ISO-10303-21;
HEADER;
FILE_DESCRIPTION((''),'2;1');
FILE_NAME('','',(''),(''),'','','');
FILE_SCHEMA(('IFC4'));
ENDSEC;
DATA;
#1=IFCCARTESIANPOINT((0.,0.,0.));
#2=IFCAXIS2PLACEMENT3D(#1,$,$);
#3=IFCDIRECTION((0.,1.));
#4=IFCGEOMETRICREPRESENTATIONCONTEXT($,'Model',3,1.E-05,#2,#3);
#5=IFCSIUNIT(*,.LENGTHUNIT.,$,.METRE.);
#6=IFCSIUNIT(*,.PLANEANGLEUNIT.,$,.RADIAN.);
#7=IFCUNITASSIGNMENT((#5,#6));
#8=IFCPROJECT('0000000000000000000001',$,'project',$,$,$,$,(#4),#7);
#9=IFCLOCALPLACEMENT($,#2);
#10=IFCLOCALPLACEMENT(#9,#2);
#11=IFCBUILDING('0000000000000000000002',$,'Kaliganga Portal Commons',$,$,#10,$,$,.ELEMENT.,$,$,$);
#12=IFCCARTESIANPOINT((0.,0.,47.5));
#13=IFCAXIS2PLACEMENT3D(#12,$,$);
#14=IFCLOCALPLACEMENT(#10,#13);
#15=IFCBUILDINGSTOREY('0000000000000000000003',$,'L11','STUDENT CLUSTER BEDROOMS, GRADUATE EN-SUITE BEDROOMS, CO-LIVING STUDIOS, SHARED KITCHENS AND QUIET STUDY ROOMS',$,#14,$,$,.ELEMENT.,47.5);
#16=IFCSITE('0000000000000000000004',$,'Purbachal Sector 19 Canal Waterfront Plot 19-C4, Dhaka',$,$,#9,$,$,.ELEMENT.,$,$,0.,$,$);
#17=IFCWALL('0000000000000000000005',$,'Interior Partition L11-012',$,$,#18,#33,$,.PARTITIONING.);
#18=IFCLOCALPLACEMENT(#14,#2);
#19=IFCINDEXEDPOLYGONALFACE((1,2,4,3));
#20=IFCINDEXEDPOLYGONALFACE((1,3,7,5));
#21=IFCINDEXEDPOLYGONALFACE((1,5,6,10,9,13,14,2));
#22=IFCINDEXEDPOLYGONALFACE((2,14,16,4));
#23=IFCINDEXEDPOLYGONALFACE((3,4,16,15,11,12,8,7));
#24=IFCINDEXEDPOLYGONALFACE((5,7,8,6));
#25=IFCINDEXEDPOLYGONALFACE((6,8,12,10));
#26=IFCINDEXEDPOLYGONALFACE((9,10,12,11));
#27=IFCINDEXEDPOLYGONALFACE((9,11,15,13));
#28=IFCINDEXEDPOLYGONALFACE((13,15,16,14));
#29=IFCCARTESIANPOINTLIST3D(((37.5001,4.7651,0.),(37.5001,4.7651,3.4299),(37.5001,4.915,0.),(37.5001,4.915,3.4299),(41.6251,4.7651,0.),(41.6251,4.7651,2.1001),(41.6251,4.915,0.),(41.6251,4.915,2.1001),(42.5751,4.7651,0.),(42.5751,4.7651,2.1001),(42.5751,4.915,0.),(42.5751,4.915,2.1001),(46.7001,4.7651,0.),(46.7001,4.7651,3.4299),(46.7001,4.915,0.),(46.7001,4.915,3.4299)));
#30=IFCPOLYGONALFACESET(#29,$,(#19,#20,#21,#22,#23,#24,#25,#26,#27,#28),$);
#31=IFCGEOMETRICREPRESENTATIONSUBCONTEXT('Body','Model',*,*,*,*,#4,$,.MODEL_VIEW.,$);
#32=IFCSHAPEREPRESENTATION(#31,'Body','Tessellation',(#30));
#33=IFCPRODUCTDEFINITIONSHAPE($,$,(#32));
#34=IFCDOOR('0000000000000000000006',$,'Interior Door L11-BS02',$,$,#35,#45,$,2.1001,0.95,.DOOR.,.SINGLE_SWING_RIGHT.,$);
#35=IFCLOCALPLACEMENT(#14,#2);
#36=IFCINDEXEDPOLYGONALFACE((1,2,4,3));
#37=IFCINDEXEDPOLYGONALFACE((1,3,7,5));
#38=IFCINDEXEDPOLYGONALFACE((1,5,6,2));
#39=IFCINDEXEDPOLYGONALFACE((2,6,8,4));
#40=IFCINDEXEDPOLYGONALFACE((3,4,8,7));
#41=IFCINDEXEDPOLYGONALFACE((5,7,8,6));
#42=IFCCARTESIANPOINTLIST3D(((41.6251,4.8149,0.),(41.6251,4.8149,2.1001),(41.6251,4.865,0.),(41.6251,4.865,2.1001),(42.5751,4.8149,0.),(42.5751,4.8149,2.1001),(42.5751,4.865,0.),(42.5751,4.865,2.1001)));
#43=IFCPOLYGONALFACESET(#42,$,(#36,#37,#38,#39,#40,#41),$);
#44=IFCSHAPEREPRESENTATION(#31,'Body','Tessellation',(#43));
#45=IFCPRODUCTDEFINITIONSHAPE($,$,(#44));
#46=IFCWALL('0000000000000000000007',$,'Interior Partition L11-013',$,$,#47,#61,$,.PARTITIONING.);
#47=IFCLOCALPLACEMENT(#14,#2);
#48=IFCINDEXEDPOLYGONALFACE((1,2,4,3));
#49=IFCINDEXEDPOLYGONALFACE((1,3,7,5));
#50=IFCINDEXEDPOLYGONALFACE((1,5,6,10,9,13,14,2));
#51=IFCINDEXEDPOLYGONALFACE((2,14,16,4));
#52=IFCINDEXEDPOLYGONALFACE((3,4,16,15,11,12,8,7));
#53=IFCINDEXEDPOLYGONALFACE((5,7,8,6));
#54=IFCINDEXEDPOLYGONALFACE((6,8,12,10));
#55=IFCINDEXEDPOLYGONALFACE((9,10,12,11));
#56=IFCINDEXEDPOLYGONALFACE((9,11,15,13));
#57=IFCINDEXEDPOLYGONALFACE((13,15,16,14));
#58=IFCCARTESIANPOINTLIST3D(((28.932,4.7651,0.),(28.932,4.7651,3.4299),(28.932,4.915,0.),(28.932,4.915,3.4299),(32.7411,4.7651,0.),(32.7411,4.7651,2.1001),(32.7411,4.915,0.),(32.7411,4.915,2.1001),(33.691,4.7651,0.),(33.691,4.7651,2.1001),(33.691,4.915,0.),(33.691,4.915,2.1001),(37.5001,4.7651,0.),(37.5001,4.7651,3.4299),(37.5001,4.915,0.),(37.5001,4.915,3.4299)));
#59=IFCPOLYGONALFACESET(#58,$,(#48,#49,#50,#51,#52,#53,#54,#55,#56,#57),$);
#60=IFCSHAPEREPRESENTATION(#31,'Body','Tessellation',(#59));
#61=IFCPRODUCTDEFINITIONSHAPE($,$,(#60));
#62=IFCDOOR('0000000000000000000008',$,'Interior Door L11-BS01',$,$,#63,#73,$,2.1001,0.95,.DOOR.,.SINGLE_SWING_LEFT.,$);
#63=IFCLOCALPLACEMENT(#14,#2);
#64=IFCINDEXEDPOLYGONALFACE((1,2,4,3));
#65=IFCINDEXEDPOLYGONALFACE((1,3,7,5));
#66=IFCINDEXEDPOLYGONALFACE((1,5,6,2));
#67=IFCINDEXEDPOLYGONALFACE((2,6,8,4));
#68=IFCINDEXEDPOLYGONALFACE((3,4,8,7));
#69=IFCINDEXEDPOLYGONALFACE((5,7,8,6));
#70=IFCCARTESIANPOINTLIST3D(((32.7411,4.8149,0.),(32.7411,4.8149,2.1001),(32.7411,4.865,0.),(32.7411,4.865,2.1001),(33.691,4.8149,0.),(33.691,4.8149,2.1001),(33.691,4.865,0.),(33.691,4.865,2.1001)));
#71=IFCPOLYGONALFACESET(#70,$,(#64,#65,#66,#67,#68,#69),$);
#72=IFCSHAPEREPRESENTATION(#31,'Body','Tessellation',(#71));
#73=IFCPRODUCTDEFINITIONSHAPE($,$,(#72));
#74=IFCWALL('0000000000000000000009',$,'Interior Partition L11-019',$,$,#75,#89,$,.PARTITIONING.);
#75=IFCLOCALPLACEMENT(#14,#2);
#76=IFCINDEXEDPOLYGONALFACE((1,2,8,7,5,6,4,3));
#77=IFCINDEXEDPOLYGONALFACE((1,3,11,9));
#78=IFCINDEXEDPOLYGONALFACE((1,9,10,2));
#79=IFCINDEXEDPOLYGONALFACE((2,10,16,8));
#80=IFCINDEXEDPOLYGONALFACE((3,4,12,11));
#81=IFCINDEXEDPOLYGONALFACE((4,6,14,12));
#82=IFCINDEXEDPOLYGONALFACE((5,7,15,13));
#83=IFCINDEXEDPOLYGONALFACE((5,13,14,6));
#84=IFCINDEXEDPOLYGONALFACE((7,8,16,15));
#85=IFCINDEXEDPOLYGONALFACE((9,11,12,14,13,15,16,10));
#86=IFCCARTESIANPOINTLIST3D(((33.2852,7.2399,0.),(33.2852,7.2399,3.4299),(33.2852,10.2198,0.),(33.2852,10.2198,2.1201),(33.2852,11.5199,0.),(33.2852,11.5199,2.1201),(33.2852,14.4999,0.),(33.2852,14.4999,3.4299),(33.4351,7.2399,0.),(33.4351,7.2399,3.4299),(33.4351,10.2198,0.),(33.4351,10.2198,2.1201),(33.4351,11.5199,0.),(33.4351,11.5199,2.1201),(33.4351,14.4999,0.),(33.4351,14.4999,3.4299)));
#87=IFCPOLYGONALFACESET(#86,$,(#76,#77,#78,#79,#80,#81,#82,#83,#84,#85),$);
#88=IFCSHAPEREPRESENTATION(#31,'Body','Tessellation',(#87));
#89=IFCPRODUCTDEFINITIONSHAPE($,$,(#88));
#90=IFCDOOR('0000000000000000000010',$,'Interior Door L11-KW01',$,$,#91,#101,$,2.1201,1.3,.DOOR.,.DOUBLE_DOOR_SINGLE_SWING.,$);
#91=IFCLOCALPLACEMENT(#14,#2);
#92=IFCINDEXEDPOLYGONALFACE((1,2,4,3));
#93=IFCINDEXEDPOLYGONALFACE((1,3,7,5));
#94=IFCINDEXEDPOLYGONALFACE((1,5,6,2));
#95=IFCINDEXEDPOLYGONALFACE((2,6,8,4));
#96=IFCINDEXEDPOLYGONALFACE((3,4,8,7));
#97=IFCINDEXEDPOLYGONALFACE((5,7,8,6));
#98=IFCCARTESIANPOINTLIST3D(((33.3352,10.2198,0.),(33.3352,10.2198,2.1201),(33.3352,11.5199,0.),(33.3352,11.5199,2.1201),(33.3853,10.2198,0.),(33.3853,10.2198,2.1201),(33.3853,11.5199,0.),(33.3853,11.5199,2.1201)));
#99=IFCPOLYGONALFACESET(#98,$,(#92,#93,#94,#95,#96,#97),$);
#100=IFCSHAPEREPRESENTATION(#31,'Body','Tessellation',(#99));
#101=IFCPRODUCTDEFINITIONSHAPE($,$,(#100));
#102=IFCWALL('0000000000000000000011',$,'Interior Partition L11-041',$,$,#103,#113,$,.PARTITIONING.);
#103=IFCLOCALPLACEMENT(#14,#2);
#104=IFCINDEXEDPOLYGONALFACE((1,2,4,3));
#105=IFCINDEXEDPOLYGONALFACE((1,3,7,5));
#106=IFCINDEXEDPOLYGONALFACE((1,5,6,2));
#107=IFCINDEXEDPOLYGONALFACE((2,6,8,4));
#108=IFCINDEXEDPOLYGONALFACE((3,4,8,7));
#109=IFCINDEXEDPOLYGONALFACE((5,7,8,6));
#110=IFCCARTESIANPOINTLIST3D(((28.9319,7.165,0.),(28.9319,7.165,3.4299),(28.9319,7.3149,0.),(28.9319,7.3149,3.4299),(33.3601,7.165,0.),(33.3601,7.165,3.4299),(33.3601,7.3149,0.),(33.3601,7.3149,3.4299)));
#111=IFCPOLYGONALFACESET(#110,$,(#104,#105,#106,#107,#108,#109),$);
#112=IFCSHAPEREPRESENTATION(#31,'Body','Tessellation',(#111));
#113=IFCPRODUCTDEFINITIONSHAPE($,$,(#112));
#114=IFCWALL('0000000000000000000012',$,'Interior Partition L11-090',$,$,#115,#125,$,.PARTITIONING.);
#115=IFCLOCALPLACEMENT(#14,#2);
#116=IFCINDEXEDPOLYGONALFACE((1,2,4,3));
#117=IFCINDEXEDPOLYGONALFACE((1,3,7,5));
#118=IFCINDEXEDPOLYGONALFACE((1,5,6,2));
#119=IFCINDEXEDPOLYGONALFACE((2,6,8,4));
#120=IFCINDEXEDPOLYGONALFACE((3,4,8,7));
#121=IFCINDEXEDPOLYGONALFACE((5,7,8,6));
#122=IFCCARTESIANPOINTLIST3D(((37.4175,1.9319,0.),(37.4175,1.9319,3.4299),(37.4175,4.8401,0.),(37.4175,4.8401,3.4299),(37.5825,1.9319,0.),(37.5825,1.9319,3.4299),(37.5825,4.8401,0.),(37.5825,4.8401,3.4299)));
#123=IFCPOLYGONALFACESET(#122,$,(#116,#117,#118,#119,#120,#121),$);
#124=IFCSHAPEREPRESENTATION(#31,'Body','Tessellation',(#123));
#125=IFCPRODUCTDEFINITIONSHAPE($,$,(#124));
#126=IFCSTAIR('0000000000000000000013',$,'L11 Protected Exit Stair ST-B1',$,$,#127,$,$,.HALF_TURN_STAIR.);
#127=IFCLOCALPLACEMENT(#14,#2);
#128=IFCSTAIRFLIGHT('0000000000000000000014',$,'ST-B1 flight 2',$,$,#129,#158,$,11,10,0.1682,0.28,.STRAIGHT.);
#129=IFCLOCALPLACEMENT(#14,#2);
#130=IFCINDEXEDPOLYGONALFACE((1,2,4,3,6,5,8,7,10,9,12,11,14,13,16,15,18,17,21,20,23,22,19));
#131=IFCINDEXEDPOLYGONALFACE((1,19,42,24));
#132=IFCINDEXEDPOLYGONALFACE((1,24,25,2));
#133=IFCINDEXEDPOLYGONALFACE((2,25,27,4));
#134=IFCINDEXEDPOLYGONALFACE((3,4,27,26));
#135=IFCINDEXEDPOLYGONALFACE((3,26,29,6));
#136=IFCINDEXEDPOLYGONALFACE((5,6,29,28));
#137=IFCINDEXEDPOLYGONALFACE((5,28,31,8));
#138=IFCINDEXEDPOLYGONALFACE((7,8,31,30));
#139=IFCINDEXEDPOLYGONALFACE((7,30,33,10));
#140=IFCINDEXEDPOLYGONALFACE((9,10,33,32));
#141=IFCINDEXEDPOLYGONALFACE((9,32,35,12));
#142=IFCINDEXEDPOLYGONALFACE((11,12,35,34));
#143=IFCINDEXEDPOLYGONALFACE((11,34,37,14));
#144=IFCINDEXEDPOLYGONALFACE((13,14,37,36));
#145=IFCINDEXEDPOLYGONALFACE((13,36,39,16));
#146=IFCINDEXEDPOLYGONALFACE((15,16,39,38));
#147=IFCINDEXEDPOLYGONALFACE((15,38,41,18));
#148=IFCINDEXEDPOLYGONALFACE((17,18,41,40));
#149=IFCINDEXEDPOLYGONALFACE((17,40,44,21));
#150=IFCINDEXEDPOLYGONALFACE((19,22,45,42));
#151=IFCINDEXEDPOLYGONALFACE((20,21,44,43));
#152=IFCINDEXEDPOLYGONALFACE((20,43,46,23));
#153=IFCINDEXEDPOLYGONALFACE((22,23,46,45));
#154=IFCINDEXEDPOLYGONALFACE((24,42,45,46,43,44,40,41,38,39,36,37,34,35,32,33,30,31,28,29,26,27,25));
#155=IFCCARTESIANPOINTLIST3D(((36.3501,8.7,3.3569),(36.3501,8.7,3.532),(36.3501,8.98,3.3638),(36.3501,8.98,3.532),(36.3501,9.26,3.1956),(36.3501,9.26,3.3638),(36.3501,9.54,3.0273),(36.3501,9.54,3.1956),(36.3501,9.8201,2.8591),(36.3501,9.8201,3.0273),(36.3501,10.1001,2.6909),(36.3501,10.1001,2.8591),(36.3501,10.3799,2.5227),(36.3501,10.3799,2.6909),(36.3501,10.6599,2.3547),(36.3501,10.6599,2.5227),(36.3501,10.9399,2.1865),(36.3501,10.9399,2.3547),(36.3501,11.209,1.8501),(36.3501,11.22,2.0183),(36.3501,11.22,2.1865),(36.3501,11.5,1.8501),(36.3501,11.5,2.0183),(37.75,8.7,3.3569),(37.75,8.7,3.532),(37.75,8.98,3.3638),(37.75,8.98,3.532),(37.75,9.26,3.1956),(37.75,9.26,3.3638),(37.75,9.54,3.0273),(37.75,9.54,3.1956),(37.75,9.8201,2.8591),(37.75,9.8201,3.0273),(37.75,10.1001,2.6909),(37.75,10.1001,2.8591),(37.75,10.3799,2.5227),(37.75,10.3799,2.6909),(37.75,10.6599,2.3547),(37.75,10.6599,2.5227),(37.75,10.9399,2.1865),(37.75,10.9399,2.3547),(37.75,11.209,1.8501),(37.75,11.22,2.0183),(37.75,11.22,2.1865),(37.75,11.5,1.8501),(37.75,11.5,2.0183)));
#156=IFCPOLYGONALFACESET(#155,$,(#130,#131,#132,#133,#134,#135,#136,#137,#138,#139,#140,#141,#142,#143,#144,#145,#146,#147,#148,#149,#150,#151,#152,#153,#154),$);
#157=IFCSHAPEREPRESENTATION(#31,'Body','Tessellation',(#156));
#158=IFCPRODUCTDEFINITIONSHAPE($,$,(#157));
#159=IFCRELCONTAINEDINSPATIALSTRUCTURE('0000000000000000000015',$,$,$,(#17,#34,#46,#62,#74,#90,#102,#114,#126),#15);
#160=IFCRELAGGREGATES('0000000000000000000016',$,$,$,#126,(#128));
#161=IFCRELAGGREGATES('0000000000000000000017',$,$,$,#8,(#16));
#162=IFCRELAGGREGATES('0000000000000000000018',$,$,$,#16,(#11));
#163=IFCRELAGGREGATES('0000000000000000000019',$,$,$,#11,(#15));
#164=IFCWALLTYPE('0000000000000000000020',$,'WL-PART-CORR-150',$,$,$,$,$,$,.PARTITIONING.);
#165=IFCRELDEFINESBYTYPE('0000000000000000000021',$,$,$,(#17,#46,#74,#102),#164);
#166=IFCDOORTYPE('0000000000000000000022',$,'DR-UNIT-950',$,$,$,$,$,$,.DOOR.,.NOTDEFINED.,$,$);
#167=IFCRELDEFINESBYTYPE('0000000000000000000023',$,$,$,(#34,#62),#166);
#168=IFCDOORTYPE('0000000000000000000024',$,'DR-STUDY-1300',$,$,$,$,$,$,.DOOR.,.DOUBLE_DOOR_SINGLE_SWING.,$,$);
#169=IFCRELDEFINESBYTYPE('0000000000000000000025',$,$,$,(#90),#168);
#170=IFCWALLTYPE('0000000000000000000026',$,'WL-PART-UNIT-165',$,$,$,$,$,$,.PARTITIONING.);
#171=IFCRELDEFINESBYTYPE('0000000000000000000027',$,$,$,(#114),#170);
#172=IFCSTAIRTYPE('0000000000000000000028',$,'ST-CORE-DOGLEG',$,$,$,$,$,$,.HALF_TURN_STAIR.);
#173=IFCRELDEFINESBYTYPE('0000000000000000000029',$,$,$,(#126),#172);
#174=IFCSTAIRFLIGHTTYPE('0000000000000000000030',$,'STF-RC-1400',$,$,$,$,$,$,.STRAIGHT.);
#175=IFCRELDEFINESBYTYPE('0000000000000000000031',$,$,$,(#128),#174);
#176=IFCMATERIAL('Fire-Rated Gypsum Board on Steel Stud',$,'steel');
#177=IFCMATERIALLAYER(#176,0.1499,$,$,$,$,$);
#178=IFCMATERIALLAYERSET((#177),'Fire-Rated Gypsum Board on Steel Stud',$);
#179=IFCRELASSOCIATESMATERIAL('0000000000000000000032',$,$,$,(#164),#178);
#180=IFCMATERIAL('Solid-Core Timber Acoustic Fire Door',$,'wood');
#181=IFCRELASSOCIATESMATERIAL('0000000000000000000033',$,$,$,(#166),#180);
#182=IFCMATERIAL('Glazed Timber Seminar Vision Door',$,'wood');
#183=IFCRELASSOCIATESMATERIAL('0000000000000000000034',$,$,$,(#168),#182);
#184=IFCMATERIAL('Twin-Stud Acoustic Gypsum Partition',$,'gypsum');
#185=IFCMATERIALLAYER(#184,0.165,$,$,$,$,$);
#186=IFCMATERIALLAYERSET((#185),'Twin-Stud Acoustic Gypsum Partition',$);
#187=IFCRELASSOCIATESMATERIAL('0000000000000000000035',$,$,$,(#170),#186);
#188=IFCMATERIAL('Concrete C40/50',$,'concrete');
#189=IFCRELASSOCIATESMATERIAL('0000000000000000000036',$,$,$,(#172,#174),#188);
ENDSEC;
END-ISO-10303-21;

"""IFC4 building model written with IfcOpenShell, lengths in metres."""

from ifc_helpers import new_model, si_unit, direction, frame, frame_2d, origin, place, context, subcontext, project, spatial, polyline, rectangle, outline, extrude, material, layer, layer_set, type_object, element, fill, aggregate, save


model = new_model("IFC4")

# Units and contexts
model_context = context("Model", 3, precision=1e-05, world=origin(), true_north=direction((0.0, 1.0)))
body_context = subcontext(model_context, "Body", "Model", "MODEL_VIEW")
ifc_project = project(units=[si_unit("LENGTHUNIT", "METRE"), si_unit("PLANEANGLEUNIT", "RADIAN")], contexts=[model_context])

# Site, building, storey
site_placement = place(None, origin())
site = spatial("IfcSite", under=ifc_project, at=site_placement, Name="Purbachal Sector 19 Canal Waterfront Plot 19-C4, Dhaka", CompositionType="ELEMENT", RefElevation=0.0)
building_placement = place(site_placement, origin())
building = spatial("IfcBuilding", under=site, at=building_placement, Name="Kaliganga Portal Commons", CompositionType="ELEMENT")
storey_placement = place(building_placement, frame((0.0, 0.0, 47.5)))
storey = spatial("IfcBuildingStorey", under=building, at=storey_placement, Name="L11", Description="STUDENT CLUSTER BEDROOMS, GRADUATE EN-SUITE BEDROOMS, CO-LIVING STUDIOS, SHARED KITCHENS AND QUIET STUDY ROOMS", CompositionType="ELEMENT", Elevation=47.5)

# Walls, openings, doors
ifc_material_1 = material(Name="Fire-Rated Gypsum Board on Steel Stud", Category="steel")
ifc_layer_1 = layer(ifc_material_1, 0.1499)
ifc_layer_set_1 = layer_set([ifc_layer_1], Name="Fire-Rated Gypsum Board on Steel Stud")
wall_type_1 = type_object("IfcWallType", Name="WL-PART-CORR-150", PredefinedType="PARTITIONING", material=ifc_layer_set_1)
wall_1_placement = place(storey_placement, frame((37.5, 4.8401, 0.0), z_axis=(0.0, 0.0, 1.0), x_axis=(1.0, 0.0, 0.0)))
wall_1 = element("IfcWall", 1, at=wall_1_placement, inside=storey, type_object=wall_type_1, Name="Interior Partition L11-012", PredefinedType="PARTITIONING", context=body_context, shape_type="SweptSolid", body=[
    extrude(rectangle(XDim=9.2, YDim=0.1499, at=frame_2d((4.6001, 0.0))), origin(), (0.0, 0.0, 1.0), 3.4299),
])
opening_1_placement = place(wall_1_placement, frame((4.125, 0.0, 0.0)))
opening_1 = element("IfcOpeningElement", 2, at=opening_1_placement, cuts=wall_1, PredefinedType="OPENING", context=body_context, shape_type="SweptSolid", body=[
    extrude(rectangle(XDim=0.95, YDim=2.1001, at=frame_2d((0.4751, 1.05))), frame((0.0, 0.085, 0.0), z_axis=(0.0, -1.0, 0.0), x_axis=(1.0, 0.0, 0.0)), (0.0, 0.0, 1.0), 0.1699),
])
ifc_material_2 = material(Name="Solid-Core Timber Acoustic Fire Door", Category="wood")
door_type_1 = type_object("IfcDoorType", Name="DR-UNIT-950", OperationType="NOTDEFINED", PredefinedType="DOOR", material=ifc_material_2)
door_1_placement = place(opening_1_placement, origin())
door_1 = element("IfcDoor", 3, at=door_1_placement, inside=storey, type_object=door_type_1, Name="Interior Door L11-BS02", OperationType="SINGLE_SWING_RIGHT", OverallHeight=2.1001, OverallWidth=0.95, PredefinedType="DOOR", context=body_context, shape_type="SweptSolid", body=[
    extrude(rectangle(XDim=0.95, YDim=2.1001, at=frame_2d((0.4751, 1.05))), frame((0.0, 0.0249, 0.0), z_axis=(0.0, -1.0, 0.0), x_axis=(1.0, 0.0, 0.0)), (0.0, 0.0, 1.0), 0.05),
])
fill(opening_1, door_1)
wall_2_placement = place(storey_placement, frame((28.9319, 4.8401, 0.0), z_axis=(0.0, 0.0, 1.0), x_axis=(1.0, 0.0, 0.0)))
wall_2 = element("IfcWall", 4, at=wall_2_placement, inside=storey, type_object=wall_type_1, Name="Interior Partition L11-013", PredefinedType="PARTITIONING", context=body_context, shape_type="SweptSolid", body=[
    extrude(rectangle(XDim=8.5681, YDim=0.1499, at=frame_2d((4.2842, 0.0))), origin(), (0.0, 0.0, 1.0), 3.4299),
])
opening_2_placement = place(wall_2_placement, frame((3.8091, 0.0, 0.0)))
opening_2 = element("IfcOpeningElement", 5, at=opening_2_placement, cuts=wall_2, PredefinedType="OPENING", context=body_context, shape_type="SweptSolid", body=[
    extrude(rectangle(XDim=0.95, YDim=2.1001, at=frame_2d((0.4751, 1.05))), frame((0.0, 0.085, 0.0), z_axis=(0.0, -1.0, 0.0), x_axis=(1.0, 0.0, 0.0)), (0.0, 0.0, 1.0), 0.1699),
])
door_2_placement = place(opening_2_placement, origin())
door_2 = element("IfcDoor", 6, at=door_2_placement, inside=storey, type_object=door_type_1, Name="Interior Door L11-BS01", OperationType="SINGLE_SWING_LEFT", OverallHeight=2.1001, OverallWidth=0.95, PredefinedType="DOOR", context=body_context, shape_type="SweptSolid", body=[
    extrude(rectangle(XDim=0.95, YDim=2.1001, at=frame_2d((0.4751, 1.05))), frame((0.0, 0.0249, 0.0), z_axis=(0.0, -1.0, 0.0), x_axis=(1.0, 0.0, 0.0)), (0.0, 0.0, 1.0), 0.05),
])
fill(opening_2, door_2)
wall_3_placement = place(storey_placement, frame((33.3601, 7.24, 0.0), z_axis=(0.0, 0.0, 1.0), x_axis=(0.0, 1.0, 0.0)))
wall_3 = element("IfcWall", 7, at=wall_3_placement, inside=storey, type_object=wall_type_1, Name="Interior Partition L11-019", PredefinedType="PARTITIONING", context=body_context, shape_type="SweptSolid", body=[
    extrude(rectangle(XDim=7.26, YDim=0.1499, at=frame_2d((3.6299, 0.0))), origin(), (0.0, 0.0, 1.0), 3.4299),
])
opening_3_placement = place(wall_3_placement, frame((2.98, 0.0, 0.0)))
opening_3 = element("IfcOpeningElement", 8, at=opening_3_placement, cuts=wall_3, PredefinedType="OPENING", context=body_context, shape_type="SweptSolid", body=[
    extrude(rectangle(XDim=1.3, YDim=2.1201, at=frame_2d((0.6499, 1.0601))), frame((0.0, 0.085, 0.0), z_axis=(0.0, -1.0, 0.0), x_axis=(1.0, 0.0, 0.0)), (0.0, 0.0, 1.0), 0.1699),
])
ifc_material_3 = material(Name="Glazed Timber Seminar Vision Door", Category="wood")
door_type_2 = type_object("IfcDoorType", Name="DR-STUDY-1300", OperationType="DOUBLE_DOOR_SINGLE_SWING", PredefinedType="DOOR", material=ifc_material_3)
door_3_placement = place(opening_3_placement, origin())
door_3 = element("IfcDoor", 9, at=door_3_placement, inside=storey, type_object=door_type_2, Name="Interior Door L11-KW01", OperationType="DOUBLE_DOOR_SINGLE_SWING", OverallHeight=2.1201, OverallWidth=1.3, PredefinedType="DOOR", context=body_context, shape_type="SweptSolid", body=[
    extrude(rectangle(XDim=1.3, YDim=2.1201, at=frame_2d((0.6499, 1.0601))), frame((0.0, 0.0249, 0.0), z_axis=(0.0, -1.0, 0.0), x_axis=(1.0, 0.0, 0.0)), (0.0, 0.0, 1.0), 0.05),
])
fill(opening_3, door_3)

# Walls
wall_4_placement = place(storey_placement, frame((28.9319, 7.24, 0.0), z_axis=(0.0, 0.0, 1.0), x_axis=(1.0, 0.0, 0.0)))
element("IfcWall", 10, at=wall_4_placement, inside=storey, type_object=wall_type_1, Name="Interior Partition L11-041", PredefinedType="PARTITIONING", context=body_context, shape_type="SweptSolid", body=[
    extrude(rectangle(XDim=4.4282, YDim=0.1499, at=frame_2d((2.2141, 0.0))), origin(), (0.0, 0.0, 1.0), 3.4299),
])
ifc_material_4 = material(Name="Twin-Stud Acoustic Gypsum Partition", Category="gypsum")
ifc_layer_2 = layer(ifc_material_4, 0.165)
ifc_layer_set_2 = layer_set([ifc_layer_2], Name="Twin-Stud Acoustic Gypsum Partition")
wall_type_2 = type_object("IfcWallType", Name="WL-PART-UNIT-165", PredefinedType="PARTITIONING", material=ifc_layer_set_2)
wall_5_placement = place(storey_placement, frame((37.5, 1.9319, 0.0), z_axis=(0.0, 0.0, 1.0), x_axis=(0.0, 1.0, 0.0)))
element("IfcWall", 11, at=wall_5_placement, inside=storey, type_object=wall_type_2, Name="Interior Partition L11-090", PredefinedType="PARTITIONING", context=body_context, shape_type="SweptSolid", body=[
    extrude(rectangle(XDim=2.9082, YDim=0.165, at=frame_2d((1.4541, 0.0))), origin(), (0.0, 0.0, 1.0), 3.4299),
])

# Stair, stair flight
ifc_material_5 = material(Name="Concrete C40/50", Category="concrete")
stair_type = type_object("IfcStairType", Name="ST-CORE-DOGLEG", PredefinedType="HALF_TURN_STAIR", material=ifc_material_5)
stair_placement = place(storey_placement, origin())
stair = element("IfcStair", 12, at=stair_placement, inside=storey, type_object=stair_type, Name="L11 Protected Exit Stair ST-B1", PredefinedType="HALF_TURN_STAIR")
stair_flight_type = type_object("IfcStairFlightType", Name="STF-RC-1400", PredefinedType="STRAIGHT", material=ifc_material_5)
stair_flight_placement = place(storey_placement, frame((37.05, 11.5, 1.8501), z_axis=(0.0, 0.0, 1.0), x_axis=(0.0, -1.0, 0.0)))
stair_flight = element("IfcStairFlight", 13, at=stair_flight_placement, type_object=stair_flight_type, Name="ST-B1 flight 2", NumberOfRisers=11, NumberOfTreads=10, PredefinedType="STRAIGHT", RiserHeight=0.1682, TreadLength=0.28, context=body_context, shape_type="SweptSolid", body=[
    extrude(outline(polyline([(0.0, 0.0), (0.0, 0.1682), (0.28, 0.1682), (0.28, 0.3364), (0.5601, 0.3364), (0.5601, 0.5046), (0.8401, 0.5046), (0.8401, 0.6726), (1.1201, 0.6726), (1.1201, 0.8408), (1.3999, 0.8408), (1.3999, 1.009), (1.6799, 1.009), (1.6799, 1.1772), (1.96, 1.1772), (1.96, 1.3455), (2.24, 1.3455), (2.24, 1.5137), (2.52, 1.5137), (2.52, 1.6819), (2.8, 1.6819), (2.8, 1.8501), (2.8, 1.5068), (0.291, 0.0), (0.0, 0.0)])), frame((0.0, 0.7, 0.0), z_axis=(0.0, -1.0, 0.0), x_axis=(1.0, 0.0, 0.0)), (0.0, 0.0, 1.0), 1.3999),
])
aggregate(stair, [stair_flight])

save(model, "model.ifc")
